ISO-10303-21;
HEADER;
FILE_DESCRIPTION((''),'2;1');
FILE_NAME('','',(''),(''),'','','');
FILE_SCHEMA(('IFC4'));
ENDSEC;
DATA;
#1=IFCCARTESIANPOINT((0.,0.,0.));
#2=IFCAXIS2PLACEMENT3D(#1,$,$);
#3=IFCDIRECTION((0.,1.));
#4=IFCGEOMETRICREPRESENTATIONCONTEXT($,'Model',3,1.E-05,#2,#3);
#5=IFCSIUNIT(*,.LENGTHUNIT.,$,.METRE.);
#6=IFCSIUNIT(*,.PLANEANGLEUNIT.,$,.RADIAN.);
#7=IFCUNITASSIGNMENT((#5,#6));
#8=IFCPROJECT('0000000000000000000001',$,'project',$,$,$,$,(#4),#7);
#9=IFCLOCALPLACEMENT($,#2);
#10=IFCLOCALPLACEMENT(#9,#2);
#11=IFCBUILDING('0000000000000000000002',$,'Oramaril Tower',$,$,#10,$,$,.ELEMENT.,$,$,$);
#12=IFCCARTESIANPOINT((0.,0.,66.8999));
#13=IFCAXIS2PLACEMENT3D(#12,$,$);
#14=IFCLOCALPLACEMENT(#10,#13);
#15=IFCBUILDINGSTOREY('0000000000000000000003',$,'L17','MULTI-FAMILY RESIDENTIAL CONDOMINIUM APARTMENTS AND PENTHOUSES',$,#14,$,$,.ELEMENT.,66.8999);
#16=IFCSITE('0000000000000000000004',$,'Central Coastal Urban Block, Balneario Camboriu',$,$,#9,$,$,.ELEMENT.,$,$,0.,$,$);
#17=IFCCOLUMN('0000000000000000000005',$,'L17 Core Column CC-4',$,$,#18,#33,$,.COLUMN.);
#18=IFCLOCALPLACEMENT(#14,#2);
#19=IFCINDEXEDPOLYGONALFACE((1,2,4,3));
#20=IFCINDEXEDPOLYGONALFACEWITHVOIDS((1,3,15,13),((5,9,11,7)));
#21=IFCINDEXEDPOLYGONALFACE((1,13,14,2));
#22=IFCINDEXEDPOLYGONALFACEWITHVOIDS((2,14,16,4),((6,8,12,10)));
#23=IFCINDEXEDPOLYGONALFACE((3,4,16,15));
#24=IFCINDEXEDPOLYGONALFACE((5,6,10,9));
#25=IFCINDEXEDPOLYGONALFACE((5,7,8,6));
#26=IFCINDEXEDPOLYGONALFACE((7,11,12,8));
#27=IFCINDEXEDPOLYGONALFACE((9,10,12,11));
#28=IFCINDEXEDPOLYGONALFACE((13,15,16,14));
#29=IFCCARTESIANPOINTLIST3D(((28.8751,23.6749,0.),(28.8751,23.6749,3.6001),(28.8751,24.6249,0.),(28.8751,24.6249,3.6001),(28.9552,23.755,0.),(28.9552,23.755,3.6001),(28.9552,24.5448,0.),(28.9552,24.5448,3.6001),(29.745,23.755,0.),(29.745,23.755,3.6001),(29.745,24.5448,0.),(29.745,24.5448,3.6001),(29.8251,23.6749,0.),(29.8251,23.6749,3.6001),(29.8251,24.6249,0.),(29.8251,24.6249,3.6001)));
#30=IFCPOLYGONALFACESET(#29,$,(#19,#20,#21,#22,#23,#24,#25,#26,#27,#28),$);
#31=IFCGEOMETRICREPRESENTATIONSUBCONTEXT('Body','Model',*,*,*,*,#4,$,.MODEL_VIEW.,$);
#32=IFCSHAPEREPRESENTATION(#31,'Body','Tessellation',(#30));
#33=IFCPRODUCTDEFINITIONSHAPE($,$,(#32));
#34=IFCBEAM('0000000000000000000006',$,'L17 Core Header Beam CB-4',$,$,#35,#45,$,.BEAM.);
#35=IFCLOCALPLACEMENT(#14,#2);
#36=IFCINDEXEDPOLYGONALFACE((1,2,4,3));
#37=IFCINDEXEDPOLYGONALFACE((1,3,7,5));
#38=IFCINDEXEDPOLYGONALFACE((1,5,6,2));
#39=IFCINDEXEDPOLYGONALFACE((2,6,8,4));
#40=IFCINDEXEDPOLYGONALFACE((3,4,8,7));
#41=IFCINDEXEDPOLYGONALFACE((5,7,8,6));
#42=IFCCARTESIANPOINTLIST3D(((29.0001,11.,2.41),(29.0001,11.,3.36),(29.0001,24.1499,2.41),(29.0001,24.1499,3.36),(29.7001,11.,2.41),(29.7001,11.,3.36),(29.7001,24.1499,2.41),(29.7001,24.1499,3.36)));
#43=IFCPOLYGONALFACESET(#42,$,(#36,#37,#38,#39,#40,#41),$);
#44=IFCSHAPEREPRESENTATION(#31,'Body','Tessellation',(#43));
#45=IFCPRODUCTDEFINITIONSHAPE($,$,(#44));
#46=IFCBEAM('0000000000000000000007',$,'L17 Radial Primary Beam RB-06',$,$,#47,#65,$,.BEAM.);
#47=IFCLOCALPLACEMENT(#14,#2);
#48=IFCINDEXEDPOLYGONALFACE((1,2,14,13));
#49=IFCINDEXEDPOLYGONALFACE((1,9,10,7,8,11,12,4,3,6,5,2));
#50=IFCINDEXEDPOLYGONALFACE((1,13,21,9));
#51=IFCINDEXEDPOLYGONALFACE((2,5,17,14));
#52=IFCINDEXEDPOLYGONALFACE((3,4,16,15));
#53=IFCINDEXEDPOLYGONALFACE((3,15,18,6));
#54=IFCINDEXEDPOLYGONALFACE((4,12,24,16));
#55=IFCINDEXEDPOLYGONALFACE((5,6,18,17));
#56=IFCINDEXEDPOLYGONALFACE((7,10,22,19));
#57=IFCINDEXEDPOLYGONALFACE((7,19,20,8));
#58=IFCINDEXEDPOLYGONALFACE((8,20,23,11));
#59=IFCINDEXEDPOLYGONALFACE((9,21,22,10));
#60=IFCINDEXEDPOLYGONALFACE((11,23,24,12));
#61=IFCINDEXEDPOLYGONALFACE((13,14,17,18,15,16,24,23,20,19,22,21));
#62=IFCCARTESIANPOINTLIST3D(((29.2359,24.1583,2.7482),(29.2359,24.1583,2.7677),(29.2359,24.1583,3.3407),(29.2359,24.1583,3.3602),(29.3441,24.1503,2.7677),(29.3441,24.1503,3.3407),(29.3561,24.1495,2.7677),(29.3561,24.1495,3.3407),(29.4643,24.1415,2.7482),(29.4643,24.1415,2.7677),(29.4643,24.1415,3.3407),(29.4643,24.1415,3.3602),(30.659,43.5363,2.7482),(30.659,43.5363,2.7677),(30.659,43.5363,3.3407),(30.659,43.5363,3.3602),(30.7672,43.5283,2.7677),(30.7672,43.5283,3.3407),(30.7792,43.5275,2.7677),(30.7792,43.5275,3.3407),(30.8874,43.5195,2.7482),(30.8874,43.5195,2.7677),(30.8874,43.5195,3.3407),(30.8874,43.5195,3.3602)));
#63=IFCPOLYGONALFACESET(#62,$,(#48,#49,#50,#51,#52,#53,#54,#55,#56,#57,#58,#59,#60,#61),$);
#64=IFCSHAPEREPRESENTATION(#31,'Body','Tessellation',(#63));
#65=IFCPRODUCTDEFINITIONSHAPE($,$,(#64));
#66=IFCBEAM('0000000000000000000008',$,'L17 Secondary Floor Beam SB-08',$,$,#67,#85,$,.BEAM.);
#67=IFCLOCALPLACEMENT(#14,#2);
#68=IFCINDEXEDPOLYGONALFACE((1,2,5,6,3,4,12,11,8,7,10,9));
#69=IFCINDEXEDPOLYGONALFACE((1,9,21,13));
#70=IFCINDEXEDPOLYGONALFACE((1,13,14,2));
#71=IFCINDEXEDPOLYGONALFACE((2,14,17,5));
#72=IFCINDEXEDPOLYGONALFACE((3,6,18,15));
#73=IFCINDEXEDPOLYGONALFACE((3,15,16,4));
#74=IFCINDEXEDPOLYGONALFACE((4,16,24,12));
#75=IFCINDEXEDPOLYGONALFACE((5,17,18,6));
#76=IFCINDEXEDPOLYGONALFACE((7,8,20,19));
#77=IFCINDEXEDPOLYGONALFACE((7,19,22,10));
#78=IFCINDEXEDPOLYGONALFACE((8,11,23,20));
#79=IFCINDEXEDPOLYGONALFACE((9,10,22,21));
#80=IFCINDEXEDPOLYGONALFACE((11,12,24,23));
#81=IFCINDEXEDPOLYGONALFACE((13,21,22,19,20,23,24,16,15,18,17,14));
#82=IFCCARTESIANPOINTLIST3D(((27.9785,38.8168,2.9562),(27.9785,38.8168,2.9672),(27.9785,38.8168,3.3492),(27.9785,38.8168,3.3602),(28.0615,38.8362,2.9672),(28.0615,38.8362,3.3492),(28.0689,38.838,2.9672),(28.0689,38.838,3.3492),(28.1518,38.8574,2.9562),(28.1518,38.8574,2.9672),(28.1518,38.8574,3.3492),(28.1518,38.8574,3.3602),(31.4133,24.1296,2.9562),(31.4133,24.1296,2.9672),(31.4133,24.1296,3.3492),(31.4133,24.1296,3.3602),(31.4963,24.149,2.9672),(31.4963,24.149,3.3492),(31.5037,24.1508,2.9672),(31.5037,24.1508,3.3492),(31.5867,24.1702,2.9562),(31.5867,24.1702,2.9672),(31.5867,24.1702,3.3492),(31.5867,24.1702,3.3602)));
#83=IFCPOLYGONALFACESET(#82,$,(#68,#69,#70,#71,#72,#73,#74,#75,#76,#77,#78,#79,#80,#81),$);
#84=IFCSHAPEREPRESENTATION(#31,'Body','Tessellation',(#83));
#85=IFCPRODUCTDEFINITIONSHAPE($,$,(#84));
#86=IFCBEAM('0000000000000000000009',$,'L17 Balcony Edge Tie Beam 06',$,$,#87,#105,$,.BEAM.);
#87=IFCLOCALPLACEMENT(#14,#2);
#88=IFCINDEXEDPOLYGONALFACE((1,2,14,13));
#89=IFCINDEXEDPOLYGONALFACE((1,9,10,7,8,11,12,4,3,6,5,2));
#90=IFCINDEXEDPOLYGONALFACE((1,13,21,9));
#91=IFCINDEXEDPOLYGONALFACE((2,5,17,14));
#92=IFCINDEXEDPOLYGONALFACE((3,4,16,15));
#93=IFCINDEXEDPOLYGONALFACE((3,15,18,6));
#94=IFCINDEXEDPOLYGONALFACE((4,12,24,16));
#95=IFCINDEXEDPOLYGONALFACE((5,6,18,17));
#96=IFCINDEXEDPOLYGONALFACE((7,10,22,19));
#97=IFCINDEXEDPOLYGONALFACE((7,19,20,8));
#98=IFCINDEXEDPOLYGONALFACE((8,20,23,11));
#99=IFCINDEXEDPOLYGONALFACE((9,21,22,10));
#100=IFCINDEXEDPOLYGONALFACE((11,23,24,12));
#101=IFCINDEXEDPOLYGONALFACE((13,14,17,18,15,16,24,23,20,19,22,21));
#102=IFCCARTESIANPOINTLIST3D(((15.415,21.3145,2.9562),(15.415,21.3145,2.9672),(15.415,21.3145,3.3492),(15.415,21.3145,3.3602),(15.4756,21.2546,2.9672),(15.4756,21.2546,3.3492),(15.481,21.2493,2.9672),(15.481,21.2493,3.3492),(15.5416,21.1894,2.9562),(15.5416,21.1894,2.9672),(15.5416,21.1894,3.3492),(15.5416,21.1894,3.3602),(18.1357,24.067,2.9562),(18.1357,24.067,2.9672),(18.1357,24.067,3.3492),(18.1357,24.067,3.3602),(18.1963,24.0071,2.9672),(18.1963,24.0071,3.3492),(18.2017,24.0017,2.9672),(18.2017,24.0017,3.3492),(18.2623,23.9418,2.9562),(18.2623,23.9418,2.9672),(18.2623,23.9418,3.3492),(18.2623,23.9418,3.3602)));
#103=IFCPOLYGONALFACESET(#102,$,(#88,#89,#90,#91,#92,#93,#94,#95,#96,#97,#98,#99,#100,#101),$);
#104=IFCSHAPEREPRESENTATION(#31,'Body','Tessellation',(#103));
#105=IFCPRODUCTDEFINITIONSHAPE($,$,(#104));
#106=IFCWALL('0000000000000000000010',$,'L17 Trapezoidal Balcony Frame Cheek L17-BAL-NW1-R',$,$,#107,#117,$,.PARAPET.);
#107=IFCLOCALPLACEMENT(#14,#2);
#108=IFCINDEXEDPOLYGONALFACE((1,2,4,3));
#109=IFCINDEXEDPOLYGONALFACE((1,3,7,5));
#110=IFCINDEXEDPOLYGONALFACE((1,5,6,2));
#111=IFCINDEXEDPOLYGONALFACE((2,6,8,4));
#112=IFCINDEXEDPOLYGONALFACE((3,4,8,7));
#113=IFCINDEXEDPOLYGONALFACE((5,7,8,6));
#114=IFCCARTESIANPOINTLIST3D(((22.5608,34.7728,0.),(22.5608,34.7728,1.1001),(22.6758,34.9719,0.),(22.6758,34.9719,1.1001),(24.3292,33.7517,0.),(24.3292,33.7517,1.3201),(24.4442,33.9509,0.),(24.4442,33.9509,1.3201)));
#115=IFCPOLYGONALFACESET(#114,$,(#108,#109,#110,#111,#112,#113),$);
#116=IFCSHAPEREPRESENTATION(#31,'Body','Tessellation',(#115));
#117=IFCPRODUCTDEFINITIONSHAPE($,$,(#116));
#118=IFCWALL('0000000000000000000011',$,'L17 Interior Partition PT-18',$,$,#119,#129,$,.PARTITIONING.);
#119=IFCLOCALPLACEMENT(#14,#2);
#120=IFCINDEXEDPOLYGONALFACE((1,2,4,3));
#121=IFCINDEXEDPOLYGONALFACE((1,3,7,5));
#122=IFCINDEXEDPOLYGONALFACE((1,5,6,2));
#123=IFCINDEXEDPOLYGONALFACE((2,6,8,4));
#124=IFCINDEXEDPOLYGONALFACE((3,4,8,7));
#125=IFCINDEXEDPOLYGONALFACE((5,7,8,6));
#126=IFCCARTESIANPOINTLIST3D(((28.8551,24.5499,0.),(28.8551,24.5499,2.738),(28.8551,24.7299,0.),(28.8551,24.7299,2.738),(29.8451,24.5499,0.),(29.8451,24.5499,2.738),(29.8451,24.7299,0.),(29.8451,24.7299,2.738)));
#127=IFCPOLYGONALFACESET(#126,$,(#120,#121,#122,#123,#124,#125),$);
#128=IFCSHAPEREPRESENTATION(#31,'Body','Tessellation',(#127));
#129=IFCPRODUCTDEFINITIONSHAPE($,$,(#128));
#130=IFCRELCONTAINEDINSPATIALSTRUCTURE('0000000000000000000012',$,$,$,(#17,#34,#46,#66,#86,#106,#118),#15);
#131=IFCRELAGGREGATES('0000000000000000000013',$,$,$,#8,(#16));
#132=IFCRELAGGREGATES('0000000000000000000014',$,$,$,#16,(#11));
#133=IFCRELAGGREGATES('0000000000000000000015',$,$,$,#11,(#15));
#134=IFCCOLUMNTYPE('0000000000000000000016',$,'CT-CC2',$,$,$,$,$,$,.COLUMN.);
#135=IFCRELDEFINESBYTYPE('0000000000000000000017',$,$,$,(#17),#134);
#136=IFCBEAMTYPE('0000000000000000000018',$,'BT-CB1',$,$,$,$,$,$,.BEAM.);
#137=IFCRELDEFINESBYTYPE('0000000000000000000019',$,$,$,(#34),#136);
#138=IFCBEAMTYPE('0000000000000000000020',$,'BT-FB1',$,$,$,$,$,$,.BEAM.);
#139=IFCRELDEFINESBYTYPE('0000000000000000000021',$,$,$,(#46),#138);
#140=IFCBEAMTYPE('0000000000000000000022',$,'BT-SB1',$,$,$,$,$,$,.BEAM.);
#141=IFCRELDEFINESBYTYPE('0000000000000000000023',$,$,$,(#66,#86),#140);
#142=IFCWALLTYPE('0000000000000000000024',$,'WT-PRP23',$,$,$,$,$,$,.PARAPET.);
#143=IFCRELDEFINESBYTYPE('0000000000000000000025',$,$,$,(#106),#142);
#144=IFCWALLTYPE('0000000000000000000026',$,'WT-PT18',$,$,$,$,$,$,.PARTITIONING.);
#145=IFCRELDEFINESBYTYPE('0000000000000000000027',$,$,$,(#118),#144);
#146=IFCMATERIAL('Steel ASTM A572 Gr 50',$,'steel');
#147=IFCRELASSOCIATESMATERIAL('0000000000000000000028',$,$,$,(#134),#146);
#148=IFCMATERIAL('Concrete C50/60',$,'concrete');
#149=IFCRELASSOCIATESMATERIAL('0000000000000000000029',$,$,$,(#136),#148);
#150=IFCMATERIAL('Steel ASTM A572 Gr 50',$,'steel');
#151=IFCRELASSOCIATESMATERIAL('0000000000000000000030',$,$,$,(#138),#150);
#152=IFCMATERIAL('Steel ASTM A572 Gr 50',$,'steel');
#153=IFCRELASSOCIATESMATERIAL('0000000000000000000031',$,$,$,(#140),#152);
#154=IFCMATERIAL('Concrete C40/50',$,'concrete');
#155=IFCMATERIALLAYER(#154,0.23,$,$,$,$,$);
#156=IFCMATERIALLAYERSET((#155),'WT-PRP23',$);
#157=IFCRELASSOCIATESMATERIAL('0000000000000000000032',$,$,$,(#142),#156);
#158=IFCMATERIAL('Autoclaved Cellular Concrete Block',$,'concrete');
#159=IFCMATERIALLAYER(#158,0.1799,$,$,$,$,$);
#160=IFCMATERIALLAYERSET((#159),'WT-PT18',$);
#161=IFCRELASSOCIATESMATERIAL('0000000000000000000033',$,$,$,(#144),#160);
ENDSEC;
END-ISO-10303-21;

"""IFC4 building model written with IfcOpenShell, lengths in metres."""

from ifc_helpers import new_model, si_unit, direction, frame, frame_2d, origin, origin_2d, place, context, subcontext, project, spatial, polyline, rectangle, hollow_rectangle, i_section, outline, extrude, material, layer, layer_set, material_profile, profile_set, type_object, element, save


model = new_model("IFC4")

# Units and contexts
model_context = context("Model", 3, precision=1e-05, world=origin(), true_north=direction((0.0, 1.0)))
body_context = subcontext(model_context, "Body", "Model", "MODEL_VIEW")
ifc_project = project(units=[si_unit("LENGTHUNIT", "METRE"), si_unit("PLANEANGLEUNIT", "RADIAN")], contexts=[model_context])

# Site, building, storey
site_placement = place(None, origin())
site = spatial("IfcSite", under=ifc_project, at=site_placement, Name="Central Coastal Urban Block, Balneario Camboriu", CompositionType="ELEMENT", RefElevation=0.0)
building_placement = place(site_placement, origin())
building = spatial("IfcBuilding", under=site, at=building_placement, Name="Oramaril Tower", CompositionType="ELEMENT")
storey_placement = place(building_placement, frame((0.0, 0.0, 66.8999)))
storey = spatial("IfcBuildingStorey", under=building, at=storey_placement, Name="L17", Description="MULTI-FAMILY RESIDENTIAL CONDOMINIUM APARTMENTS AND PENTHOUSES", CompositionType="ELEMENT", Elevation=66.8999)

# Column
ifc_material_1 = material(Name="Steel ASTM A572 Gr 50", Category="steel")
ifc_material_profile_1 = material_profile(ifc_material_1, hollow_rectangle(XDim=0.95, YDim=0.95, WallThickness=0.0801, at=origin_2d()), Name="BOX950X950X80")
ifc_profile_set_1 = profile_set([ifc_material_profile_1], Name="Steel ASTM A572 Gr 50")
column_type = type_object("IfcColumnType", Name="CT-CC2", PredefinedType="COLUMN", material=ifc_profile_set_1)
column_placement = place(storey_placement, frame((29.3501, 24.1499, 0.0), z_axis=(0.0, 0.0, 1.0), x_axis=(1.0, 0.0, 0.0)))
element("IfcColumn", 1, at=column_placement, inside=storey, type_object=column_type, Name="L17 Core Column CC-4", PredefinedType="COLUMN", context=body_context, shape_type="SweptSolid", body=[
    extrude(hollow_rectangle(XDim=0.95, YDim=0.95, WallThickness=0.0801, at=origin_2d()), origin(), (0.0, 0.0, 1.0), 3.6001),
])

# Beams
ifc_material_2 = material(Name="Concrete C50/60", Category="concrete")
ifc_material_profile_2 = material_profile(ifc_material_2, rectangle(XDim=0.7, YDim=0.95, at=origin_2d()), Name="CB700X950")
ifc_profile_set_2 = profile_set([ifc_material_profile_2], Name="Concrete C50/60")
beam_type_1 = type_object("IfcBeamType", Name="BT-CB1", PredefinedType="BEAM", material=ifc_profile_set_2)
beam_1_placement = place(storey_placement, frame((29.3501, 24.1499, 2.885), z_axis=(0.0, -1.0, 0.0), x_axis=(1.0, 0.0, 0.0)))
element("IfcBeam", 2, at=beam_1_placement, inside=storey, type_object=beam_type_1, Name="L17 Core Header Beam CB-4", PredefinedType="BEAM", context=body_context, shape_type="SweptSolid", body=[
    extrude(rectangle(XDim=0.7, YDim=0.95, at=origin_2d()), origin(), (0.0, 0.0, 1.0), 13.1499),
])
ifc_material_3 = material(Name="Steel ASTM A572 Gr 50", Category="steel")
ifc_material_profile_3 = material_profile(ifc_material_3, i_section(OverallWidth=0.229, OverallDepth=0.6121, WebThickness=0.012, FlangeThickness=0.0195, at=origin_2d()), Name="W24X84")
ifc_profile_set_3 = profile_set([ifc_material_profile_3], Name="Steel ASTM A572 Gr 50")
beam_type_2 = type_object("IfcBeamType", Name="BT-FB1", PredefinedType="BEAM", material=ifc_profile_set_3)
beam_2_placement = place(storey_placement, frame((29.3501, 24.1499, 3.0542), z_axis=(0.073242, 0.997314, 0.0), x_axis=(-0.997314, 0.073242, 0.0)))
element("IfcBeam", 3, at=beam_2_placement, inside=storey, type_object=beam_type_2, Name="L17 Radial Primary Beam RB-06", PredefinedType="BEAM", context=body_context, shape_type="SweptSolid", body=[
    extrude(i_section(OverallWidth=0.229, OverallDepth=0.6121, WebThickness=0.012, FlangeThickness=0.0195, at=origin_2d()), origin(), (0.0, 0.0, 1.0), 19.4302),
])
ifc_material_4 = material(Name="Steel ASTM A572 Gr 50", Category="steel")
ifc_material_profile_4 = material_profile(ifc_material_4, i_section(OverallWidth=0.178, OverallDepth=0.4041, WebThickness=0.0076, FlangeThickness=0.011, at=origin_2d()), Name="W16X36")
ifc_profile_set_4 = profile_set([ifc_material_profile_4], Name="Steel ASTM A572 Gr 50")
beam_type_3 = type_object("IfcBeamType", Name="BT-SB1", PredefinedType="BEAM", material=ifc_profile_set_4)
beam_3_placement = place(storey_placement, frame((31.5, 24.1499, 3.1582), z_axis=(-0.227719, 0.973727, 0.0), x_axis=(-0.973727, -0.227719, 0.0)))
element("IfcBeam", 4, at=beam_3_placement, inside=storey, type_object=beam_type_3, Name="L17 Secondary Floor Beam SB-08", PredefinedType="BEAM", context=body_context, shape_type="SweptSolid", body=[
    extrude(i_section(OverallWidth=0.178, OverallDepth=0.4041, WebThickness=0.0076, FlangeThickness=0.011, at=origin_2d()), origin(), (0.0, 0.0, 1.0), 15.0835),
])
beam_4_placement = place(storey_placement, frame((18.199, 24.0044, 3.1582), z_axis=(-0.702995, -0.711195, 0.0), x_axis=(0.711195, -0.702995, 0.0)))
element("IfcBeam", 5, at=beam_4_placement, inside=storey, type_object=beam_type_3, Name="L17 Balcony Edge Tie Beam 06", PredefinedType="BEAM", context=body_context, shape_type="SweptSolid", body=[
    extrude(i_section(OverallWidth=0.178, OverallDepth=0.4041, WebThickness=0.0076, FlangeThickness=0.011, at=origin_2d()), origin(), (0.0, 0.0, 1.0), 3.8701),
])

# Walls
ifc_material_5 = material(Name="Concrete C40/50", Category="concrete")
ifc_layer_1 = layer(ifc_material_5, 0.23)
ifc_layer_set_1 = layer_set([ifc_layer_1], Name="WT-PRP23")
wall_type_1 = type_object("IfcWallType", Name="WT-PRP23", PredefinedType="PARAPET", material=ifc_layer_set_1)
wall_1_placement = place(storey_placement, frame((24.3867, 33.8513, 0.0), z_axis=(0.0, 0.0, 1.0), x_axis=(-0.866012, 0.500023, 0.0)))
element("IfcWall", 6, at=wall_1_placement, inside=storey, type_object=wall_type_1, Name="L17 Trapezoidal Balcony Frame Cheek L17-BAL-NW1-R", PredefinedType="PARAPET", context=body_context, shape_type="SweptSolid", body=[
    extrude(outline(polyline([(0.0, 0.0), (2.042, 0.0), (2.042, 1.1001), (0.0, 1.3201), (0.0, 0.0)])), frame((0.0, 0.115, 0.0), z_axis=(0.0, -1.0, 0.0), x_axis=(1.0, 0.0, 0.0)), (0.0, 0.0, 1.0), 0.23),
])
ifc_material_6 = material(Name="Autoclaved Cellular Concrete Block", Category="concrete")
ifc_layer_2 = layer(ifc_material_6, 0.1799)
ifc_layer_set_2 = layer_set([ifc_layer_2], Name="WT-PT18")
wall_type_2 = type_object("IfcWallType", Name="WT-PT18", PredefinedType="PARTITIONING", material=ifc_layer_set_2)
wall_2_placement = place(storey_placement, frame((28.855, 24.6399, 0.0), z_axis=(0.0, 0.0, 1.0), x_axis=(1.0, 0.0, 0.0)))
element("IfcWall", 7, at=wall_2_placement, inside=storey, type_object=wall_type_2, Name="L17 Interior Partition PT-18", PredefinedType="PARTITIONING", context=body_context, shape_type="SweptSolid", body=[
    extrude(rectangle(XDim=0.99, YDim=0.1799, at=frame_2d((0.4951, 0.0))), origin(), (0.0, 0.0, 1.0), 2.738),
])

save(model, "model.ifc")
